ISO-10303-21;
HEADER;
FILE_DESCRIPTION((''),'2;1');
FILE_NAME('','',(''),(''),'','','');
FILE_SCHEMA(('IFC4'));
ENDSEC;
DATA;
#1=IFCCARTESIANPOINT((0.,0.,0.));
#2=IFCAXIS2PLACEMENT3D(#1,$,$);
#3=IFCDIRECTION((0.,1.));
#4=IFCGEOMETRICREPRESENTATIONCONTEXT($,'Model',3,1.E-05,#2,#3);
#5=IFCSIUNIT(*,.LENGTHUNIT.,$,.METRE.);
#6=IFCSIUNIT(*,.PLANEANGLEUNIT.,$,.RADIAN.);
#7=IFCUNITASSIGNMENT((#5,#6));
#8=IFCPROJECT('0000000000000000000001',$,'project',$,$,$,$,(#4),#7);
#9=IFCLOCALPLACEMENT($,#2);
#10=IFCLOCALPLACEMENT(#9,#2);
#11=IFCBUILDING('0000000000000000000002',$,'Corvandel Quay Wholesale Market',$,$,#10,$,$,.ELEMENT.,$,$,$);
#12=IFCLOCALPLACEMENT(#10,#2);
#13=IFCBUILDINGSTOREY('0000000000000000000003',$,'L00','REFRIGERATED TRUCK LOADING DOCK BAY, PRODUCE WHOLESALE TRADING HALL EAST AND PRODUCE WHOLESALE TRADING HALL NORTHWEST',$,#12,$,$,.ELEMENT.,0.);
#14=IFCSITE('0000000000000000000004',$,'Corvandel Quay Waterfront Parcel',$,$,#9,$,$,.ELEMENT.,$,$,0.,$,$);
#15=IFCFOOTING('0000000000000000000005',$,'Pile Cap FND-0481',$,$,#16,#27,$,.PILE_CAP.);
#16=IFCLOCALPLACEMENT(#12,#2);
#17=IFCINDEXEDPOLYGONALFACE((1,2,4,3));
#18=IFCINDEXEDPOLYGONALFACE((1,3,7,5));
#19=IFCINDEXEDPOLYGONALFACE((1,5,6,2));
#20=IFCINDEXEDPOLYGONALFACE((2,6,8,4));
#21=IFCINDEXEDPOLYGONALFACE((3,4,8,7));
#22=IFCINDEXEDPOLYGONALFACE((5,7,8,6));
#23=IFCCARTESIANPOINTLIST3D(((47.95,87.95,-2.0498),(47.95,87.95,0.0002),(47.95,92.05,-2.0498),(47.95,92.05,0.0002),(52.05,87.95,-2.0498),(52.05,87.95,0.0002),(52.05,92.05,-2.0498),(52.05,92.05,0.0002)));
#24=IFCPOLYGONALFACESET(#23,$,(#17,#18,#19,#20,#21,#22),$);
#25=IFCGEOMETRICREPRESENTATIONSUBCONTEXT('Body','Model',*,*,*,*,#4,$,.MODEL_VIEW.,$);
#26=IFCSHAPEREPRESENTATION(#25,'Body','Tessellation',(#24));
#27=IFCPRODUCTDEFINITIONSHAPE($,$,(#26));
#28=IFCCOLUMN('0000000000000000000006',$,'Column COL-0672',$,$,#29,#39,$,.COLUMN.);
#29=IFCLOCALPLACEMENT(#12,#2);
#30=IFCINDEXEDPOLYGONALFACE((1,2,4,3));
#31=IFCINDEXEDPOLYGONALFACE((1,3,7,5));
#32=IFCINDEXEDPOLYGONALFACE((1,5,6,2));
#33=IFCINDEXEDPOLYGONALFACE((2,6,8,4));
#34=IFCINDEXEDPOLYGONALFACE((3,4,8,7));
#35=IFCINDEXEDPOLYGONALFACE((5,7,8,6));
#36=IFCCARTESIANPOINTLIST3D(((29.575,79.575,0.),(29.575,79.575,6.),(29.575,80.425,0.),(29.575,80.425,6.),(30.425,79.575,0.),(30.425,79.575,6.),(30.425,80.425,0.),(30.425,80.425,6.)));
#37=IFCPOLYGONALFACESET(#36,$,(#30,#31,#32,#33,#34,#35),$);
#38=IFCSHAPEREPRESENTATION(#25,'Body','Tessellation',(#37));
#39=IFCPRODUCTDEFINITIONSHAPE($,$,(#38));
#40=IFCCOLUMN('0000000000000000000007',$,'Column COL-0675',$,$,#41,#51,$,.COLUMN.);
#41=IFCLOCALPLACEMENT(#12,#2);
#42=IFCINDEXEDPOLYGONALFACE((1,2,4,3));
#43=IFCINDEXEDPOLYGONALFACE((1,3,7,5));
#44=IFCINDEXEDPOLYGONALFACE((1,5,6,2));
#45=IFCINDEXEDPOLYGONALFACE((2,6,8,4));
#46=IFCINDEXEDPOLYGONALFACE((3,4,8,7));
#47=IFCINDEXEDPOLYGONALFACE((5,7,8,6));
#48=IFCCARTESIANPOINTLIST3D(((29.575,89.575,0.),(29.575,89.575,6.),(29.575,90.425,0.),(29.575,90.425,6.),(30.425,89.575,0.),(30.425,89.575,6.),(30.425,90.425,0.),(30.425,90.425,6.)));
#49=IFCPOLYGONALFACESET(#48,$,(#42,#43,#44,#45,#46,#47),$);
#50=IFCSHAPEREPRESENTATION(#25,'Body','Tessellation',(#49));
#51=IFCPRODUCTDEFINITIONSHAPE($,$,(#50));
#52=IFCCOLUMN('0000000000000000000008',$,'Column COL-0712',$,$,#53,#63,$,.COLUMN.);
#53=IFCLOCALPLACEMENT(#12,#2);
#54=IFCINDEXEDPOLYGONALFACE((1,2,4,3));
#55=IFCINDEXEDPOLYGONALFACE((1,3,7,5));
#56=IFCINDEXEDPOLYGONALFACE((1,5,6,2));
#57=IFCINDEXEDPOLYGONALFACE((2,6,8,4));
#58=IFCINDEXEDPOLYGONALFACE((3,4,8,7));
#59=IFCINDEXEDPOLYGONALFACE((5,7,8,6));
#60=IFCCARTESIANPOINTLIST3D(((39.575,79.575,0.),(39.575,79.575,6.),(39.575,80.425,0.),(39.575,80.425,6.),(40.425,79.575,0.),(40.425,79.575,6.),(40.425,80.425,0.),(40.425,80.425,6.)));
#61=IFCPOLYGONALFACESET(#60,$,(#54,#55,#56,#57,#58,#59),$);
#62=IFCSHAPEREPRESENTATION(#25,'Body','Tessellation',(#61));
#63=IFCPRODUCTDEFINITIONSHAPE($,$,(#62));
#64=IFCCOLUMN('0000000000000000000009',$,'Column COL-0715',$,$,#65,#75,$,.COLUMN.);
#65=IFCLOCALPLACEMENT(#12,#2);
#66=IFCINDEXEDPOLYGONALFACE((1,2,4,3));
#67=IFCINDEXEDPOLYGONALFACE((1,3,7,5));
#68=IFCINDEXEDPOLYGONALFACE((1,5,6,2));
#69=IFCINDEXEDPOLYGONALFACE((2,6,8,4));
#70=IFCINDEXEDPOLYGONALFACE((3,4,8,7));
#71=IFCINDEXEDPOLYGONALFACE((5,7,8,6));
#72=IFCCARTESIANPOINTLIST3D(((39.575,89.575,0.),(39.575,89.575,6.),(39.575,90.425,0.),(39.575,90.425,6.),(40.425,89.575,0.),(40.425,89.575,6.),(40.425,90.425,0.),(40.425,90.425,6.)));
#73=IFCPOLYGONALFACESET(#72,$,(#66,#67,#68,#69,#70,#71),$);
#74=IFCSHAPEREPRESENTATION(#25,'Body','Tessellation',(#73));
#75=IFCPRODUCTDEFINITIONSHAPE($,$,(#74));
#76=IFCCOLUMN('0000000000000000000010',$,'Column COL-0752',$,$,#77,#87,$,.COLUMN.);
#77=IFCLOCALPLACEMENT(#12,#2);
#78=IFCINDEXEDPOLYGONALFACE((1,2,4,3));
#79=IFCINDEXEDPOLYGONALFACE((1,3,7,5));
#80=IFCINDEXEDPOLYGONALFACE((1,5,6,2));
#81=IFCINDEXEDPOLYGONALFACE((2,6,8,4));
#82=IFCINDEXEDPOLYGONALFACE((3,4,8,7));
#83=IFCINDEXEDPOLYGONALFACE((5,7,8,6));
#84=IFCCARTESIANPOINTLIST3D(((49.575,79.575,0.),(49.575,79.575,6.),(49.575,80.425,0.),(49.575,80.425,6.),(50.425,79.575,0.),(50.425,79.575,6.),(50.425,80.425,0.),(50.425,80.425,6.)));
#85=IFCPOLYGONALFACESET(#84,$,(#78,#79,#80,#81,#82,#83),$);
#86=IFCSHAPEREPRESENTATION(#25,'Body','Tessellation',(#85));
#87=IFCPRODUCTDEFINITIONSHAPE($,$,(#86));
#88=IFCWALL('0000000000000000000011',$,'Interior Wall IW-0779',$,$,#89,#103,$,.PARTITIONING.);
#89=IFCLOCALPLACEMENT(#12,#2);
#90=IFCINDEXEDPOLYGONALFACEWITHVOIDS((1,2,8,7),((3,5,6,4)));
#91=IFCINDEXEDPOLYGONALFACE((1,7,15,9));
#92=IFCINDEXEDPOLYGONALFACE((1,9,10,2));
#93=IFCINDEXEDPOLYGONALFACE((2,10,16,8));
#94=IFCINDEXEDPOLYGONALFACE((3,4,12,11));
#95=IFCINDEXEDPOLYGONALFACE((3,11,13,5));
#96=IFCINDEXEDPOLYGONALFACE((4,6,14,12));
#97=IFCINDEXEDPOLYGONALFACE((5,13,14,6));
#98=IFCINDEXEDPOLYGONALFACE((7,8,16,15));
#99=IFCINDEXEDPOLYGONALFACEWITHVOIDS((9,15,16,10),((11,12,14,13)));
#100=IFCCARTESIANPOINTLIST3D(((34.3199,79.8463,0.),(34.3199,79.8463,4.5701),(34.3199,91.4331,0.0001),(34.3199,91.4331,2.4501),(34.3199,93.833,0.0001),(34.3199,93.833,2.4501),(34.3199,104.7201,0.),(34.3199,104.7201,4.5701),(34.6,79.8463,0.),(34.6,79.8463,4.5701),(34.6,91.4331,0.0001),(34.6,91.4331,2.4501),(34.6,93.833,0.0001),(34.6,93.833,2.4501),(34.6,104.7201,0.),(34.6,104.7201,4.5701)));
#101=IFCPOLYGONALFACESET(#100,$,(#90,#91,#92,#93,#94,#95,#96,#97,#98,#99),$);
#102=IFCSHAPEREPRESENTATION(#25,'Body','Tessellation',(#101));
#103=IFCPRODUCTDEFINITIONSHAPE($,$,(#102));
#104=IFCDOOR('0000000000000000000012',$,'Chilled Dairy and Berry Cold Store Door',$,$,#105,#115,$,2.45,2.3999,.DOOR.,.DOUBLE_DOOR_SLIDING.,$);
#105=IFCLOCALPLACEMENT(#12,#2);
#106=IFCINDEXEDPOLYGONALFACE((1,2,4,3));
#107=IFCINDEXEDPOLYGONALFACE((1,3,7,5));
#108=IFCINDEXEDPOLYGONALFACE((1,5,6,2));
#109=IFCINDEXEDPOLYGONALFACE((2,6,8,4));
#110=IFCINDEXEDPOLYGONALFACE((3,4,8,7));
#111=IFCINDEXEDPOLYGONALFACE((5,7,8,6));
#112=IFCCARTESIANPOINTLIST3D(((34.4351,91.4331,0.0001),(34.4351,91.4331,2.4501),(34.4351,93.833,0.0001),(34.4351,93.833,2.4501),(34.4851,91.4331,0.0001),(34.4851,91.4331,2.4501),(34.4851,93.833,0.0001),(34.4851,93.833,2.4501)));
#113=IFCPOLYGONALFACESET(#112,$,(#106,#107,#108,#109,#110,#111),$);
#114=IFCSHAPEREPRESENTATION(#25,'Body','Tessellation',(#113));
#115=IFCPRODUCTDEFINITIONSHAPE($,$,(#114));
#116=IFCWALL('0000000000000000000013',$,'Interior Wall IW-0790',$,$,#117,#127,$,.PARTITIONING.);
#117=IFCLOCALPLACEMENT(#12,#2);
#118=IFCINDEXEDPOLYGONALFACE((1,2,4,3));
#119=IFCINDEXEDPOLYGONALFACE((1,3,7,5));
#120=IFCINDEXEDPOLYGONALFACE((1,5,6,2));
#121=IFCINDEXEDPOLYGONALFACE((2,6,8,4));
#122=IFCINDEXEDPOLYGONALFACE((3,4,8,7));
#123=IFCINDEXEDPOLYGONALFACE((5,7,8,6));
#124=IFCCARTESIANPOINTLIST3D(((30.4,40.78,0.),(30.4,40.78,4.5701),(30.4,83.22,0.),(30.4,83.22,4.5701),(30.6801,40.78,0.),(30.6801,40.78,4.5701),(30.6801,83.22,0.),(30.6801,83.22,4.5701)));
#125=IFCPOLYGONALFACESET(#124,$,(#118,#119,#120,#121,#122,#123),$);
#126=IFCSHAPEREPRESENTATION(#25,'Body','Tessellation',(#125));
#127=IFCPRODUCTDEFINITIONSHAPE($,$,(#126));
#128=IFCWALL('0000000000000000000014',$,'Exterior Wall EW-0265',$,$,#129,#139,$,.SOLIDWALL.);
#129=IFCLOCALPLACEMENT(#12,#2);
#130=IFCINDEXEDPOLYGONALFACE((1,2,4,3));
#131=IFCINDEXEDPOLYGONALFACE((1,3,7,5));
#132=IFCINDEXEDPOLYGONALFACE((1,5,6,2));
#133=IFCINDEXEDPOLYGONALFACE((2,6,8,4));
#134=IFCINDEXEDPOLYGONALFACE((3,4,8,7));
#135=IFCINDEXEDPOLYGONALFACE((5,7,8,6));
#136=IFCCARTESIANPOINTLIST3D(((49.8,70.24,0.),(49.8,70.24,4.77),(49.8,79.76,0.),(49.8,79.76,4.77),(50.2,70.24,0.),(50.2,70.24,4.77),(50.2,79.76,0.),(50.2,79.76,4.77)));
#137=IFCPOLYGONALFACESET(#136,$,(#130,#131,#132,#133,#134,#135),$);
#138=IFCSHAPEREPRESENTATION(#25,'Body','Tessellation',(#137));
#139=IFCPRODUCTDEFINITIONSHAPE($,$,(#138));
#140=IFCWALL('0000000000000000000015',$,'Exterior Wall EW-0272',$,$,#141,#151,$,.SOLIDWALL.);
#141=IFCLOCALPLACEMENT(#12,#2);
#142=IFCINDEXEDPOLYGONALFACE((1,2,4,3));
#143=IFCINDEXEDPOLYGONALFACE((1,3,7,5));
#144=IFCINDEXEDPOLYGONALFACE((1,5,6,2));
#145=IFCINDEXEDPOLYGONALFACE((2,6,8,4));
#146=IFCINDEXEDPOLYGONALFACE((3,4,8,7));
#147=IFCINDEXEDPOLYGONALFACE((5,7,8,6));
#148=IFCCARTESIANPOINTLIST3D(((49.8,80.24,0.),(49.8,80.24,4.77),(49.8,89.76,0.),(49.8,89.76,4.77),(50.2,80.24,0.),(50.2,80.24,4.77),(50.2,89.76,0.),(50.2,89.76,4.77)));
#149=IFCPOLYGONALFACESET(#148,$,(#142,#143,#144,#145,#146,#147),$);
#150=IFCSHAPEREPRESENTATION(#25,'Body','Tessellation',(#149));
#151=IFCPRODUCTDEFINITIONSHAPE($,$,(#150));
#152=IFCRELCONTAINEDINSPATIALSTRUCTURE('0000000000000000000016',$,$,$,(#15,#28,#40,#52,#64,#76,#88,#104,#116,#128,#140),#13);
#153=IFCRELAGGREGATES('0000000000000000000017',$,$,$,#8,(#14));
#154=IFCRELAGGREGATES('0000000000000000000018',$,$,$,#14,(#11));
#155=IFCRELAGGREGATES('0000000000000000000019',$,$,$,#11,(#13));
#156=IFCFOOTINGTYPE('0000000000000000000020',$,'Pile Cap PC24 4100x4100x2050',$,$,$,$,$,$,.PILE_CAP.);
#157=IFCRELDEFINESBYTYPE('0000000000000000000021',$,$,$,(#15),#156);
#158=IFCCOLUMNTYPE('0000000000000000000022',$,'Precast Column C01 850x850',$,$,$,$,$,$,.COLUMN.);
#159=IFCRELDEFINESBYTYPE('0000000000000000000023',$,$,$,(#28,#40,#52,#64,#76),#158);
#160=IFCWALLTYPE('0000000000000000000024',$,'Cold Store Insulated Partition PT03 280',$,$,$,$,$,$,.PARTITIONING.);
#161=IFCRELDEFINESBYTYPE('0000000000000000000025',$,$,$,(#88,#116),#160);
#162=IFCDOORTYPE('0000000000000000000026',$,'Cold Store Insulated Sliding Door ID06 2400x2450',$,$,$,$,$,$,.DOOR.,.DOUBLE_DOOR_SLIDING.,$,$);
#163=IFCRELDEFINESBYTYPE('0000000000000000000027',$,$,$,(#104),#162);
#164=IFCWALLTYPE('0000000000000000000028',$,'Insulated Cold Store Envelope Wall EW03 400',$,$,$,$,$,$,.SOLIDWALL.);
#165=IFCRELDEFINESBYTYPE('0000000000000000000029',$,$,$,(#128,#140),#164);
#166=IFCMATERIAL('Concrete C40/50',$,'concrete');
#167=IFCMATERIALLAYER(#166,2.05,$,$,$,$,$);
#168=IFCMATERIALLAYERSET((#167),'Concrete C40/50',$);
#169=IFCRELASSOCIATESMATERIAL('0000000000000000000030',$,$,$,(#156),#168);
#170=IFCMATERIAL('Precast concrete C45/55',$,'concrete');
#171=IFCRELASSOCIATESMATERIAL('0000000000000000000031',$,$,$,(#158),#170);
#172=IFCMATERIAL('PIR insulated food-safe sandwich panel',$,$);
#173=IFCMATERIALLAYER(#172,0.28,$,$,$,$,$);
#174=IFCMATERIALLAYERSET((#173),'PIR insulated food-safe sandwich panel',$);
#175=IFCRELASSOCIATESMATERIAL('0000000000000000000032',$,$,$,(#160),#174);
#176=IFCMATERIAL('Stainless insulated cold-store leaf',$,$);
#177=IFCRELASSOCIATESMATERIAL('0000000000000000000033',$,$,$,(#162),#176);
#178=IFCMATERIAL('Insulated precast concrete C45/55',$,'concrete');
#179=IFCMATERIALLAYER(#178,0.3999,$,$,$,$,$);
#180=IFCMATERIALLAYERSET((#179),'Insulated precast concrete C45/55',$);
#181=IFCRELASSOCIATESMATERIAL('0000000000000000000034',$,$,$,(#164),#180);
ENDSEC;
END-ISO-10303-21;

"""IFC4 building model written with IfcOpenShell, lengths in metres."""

from ifc_helpers import new_model, si_unit, direction, frame, frame_2d, origin, origin_2d, place, context, subcontext, project, spatial, rectangle, extrude, material, layer, layer_set, material_profile, profile_set, type_object, element, fill, save


model = new_model("IFC4")

# Units and contexts
model_context = context("Model", 3, precision=1e-05, world=origin(), true_north=direction((0.0, 1.0)))
body_context = subcontext(model_context, "Body", "Model", "MODEL_VIEW")
ifc_project = project(units=[si_unit("LENGTHUNIT", "METRE"), si_unit("PLANEANGLEUNIT", "RADIAN")], contexts=[model_context])

# Site, building, storey
site_placement = place(None, origin())
site = spatial("IfcSite", under=ifc_project, at=site_placement, Name="Corvandel Quay Waterfront Parcel", CompositionType="ELEMENT", RefElevation=0.0)
building_placement = place(site_placement, origin())
building = spatial("IfcBuilding", under=site, at=building_placement, Name="Corvandel Quay Wholesale Market", CompositionType="ELEMENT")
storey_placement = place(building_placement, origin())
storey = spatial("IfcBuildingStorey", under=building, at=storey_placement, Name="L00", Description="REFRIGERATED TRUCK LOADING DOCK BAY, PRODUCE WHOLESALE TRADING HALL EAST AND PRODUCE WHOLESALE TRADING HALL NORTHWEST", CompositionType="ELEMENT", Elevation=0.0)

# Shared definitions
ifc_material_1 = material(Name="Concrete C40/50", Category="concrete")

# Footing
ifc_layer_1 = layer(ifc_material_1, 2.05)
ifc_layer_set_1 = layer_set([ifc_layer_1], Name="Concrete C40/50")
footing_type_1 = type_object("IfcFootingType", Name="Pile Cap PC24 4100x4100x2050", PredefinedType="PILE_CAP", material=ifc_layer_set_1)
footing_1_placement = place(storey_placement, frame((50.0, 90.0, -2.0498), z_axis=(0.0, 0.0, 1.0), x_axis=(1.0, 0.0, 0.0)))
element("IfcFooting", 1, at=footing_1_placement, inside=storey, type_object=footing_type_1, Name="Pile Cap FND-0481", PredefinedType="PILE_CAP", context=body_context, shape_type="SweptSolid", body=[
    extrude(rectangle(XDim=4.1001, YDim=4.1001, at=origin_2d()), origin(), (0.0, 0.0, 1.0), 2.05),
])

# Columns
ifc_material_2 = material(Name="Precast concrete C45/55", Category="concrete")
ifc_material_profile_1 = material_profile(ifc_material_2, rectangle(XDim=0.8501, YDim=0.8501, at=origin_2d()), Name="PC-COL-850x850")
ifc_profile_set_1 = profile_set([ifc_material_profile_1], Name="Precast concrete C45/55")
column_type = type_object("IfcColumnType", Name="Precast Column C01 850x850", PredefinedType="COLUMN", material=ifc_profile_set_1)
for number, where, z_axis, x_axis, name in (
    (2, (30.0, 80.0, 0.0), (0.0, 0.0, 1.0), (1.0, 0.0, 0.0), "Column COL-0672"),
    (3, (30.0, 90.0, 0.0), (0.0, 0.0, 1.0), (1.0, 0.0, 0.0), "Column COL-0675"),
    (4, (40.0, 80.0, 0.0), (0.0, 0.0, 1.0), (1.0, 0.0, 0.0), "Column COL-0712"),
    (5, (40.0, 90.0, 0.0), (0.0, 0.0, 1.0), (1.0, 0.0, 0.0), "Column COL-0715"),
    (6, (50.0, 80.0, 0.0), (0.0, 0.0, 1.0), (1.0, 0.0, 0.0), "Column COL-0752"),
):
    element("IfcColumn", number, at=place(storey_placement, frame(where, z_axis=z_axis, x_axis=x_axis)), inside=storey, type_object=column_type, Name=name, PredefinedType="COLUMN", context=body_context, shape_type="SweptSolid", body=[
        extrude(rectangle(XDim=0.8501, YDim=0.8501, at=origin_2d()), origin(), (0.0, 0.0, 1.0), 6.0),
    ])

# Wall, opening, door
ifc_material_3 = material(Name="PIR insulated food-safe sandwich panel")
ifc_layer_2 = layer(ifc_material_3, 0.28)
ifc_layer_set_2 = layer_set([ifc_layer_2], Name="PIR insulated food-safe sandwich panel")
wall_type_1 = type_object("IfcWallType", Name="Cold Store Insulated Partition PT03 280", PredefinedType="PARTITIONING", material=ifc_layer_set_2)
wall_1_placement = place(storey_placement, frame((34.46, 79.8462, 0.0), z_axis=(0.0, 0.0, 1.0), x_axis=(0.0, 1.0, 0.0)))
wall_1 = element("IfcWall", 7, at=wall_1_placement, inside=storey, type_object=wall_type_1, Name="Interior Wall IW-0779", PredefinedType="PARTITIONING", context=body_context, shape_type="SweptSolid", body=[
    extrude(rectangle(XDim=24.8738, YDim=0.28, at=frame_2d((12.437, 0.0))), origin(), (0.0, 0.0, 1.0), 4.5701),
])
opening_placement = place(wall_1_placement, frame((11.5869, 0.0, 0.0)))
opening = element("IfcOpeningElement", 8, at=opening_placement, cuts=wall_1, PredefinedType="OPENING", context=body_context, shape_type="SweptSolid", body=[
    extrude(rectangle(XDim=2.3999, YDim=2.45, at=frame_2d((1.2, 1.2251))), frame((0.0, 0.1499, 0.0), z_axis=(0.0, -1.0, 0.0), x_axis=(1.0, 0.0, 0.0)), (0.0, 0.0, 1.0), 0.3),
])
ifc_material_4 = material(Name="Stainless insulated cold-store leaf")
door_type = type_object("IfcDoorType", Name="Cold Store Insulated Sliding Door ID06 2400x2450", OperationType="DOUBLE_DOOR_SLIDING", PredefinedType="DOOR", material=ifc_material_4)
door_placement = place(opening_placement, origin())
door = element("IfcDoor", 9, at=door_placement, inside=storey, type_object=door_type, Name="Chilled Dairy and Berry Cold Store Door", OperationType="DOUBLE_DOOR_SLIDING", OverallHeight=2.45, OverallWidth=2.3999, PredefinedType="DOOR", context=body_context, shape_type="SweptSolid", body=[
    extrude(rectangle(XDim=2.3999, YDim=2.45, at=frame_2d((1.2, 1.2251))), frame((0.0, 0.0249, 0.0), z_axis=(0.0, -1.0, 0.0), x_axis=(1.0, 0.0, 0.0)), (0.0, 0.0, 1.0), 0.05),
])
fill(opening, door)

# Walls
wall_2_placement = place(storey_placement, frame((30.54, 83.22, 0.0), z_axis=(0.0, 0.0, 1.0), x_axis=(0.0, -1.0, 0.0)))
element("IfcWall", 10, at=wall_2_placement, inside=storey, type_object=wall_type_1, Name="Interior Wall IW-0790", PredefinedType="PARTITIONING", context=body_context, shape_type="SweptSolid", body=[
    extrude(rectangle(XDim=42.4399, YDim=0.28, at=frame_2d((21.22, 0.0))), origin(), (0.0, 0.0, 1.0), 4.5701),
])
ifc_material_5 = material(Name="Insulated precast concrete C45/55", Category="concrete")
ifc_layer_3 = layer(ifc_material_5, 0.3999)
ifc_layer_set_3 = layer_set([ifc_layer_3], Name="Insulated precast concrete C45/55")
wall_type_2 = type_object("IfcWallType", Name="Insulated Cold Store Envelope Wall EW03 400", PredefinedType="SOLIDWALL", material=ifc_layer_set_3)
for number, where, z_axis, x_axis, name in (
    (11, (50.0, 79.76, 0.0), (0.0, 0.0, 1.0), (0.0, -1.0, 0.0), "Exterior Wall EW-0265"),
    (12, (50.0, 89.76, 0.0), (0.0, 0.0, 1.0), (0.0, -1.0, 0.0), "Exterior Wall EW-0272"),
):
    element("IfcWall", number, at=place(storey_placement, frame(where, z_axis=z_axis, x_axis=x_axis)), inside=storey, type_object=wall_type_2, Name=name, PredefinedType="SOLIDWALL", context=body_context, shape_type="SweptSolid", body=[
        extrude(rectangle(XDim=9.52, YDim=0.3999, at=frame_2d((4.76, 0.0))), origin(), (0.0, 0.0, 1.0), 4.77),
    ])

save(model, "model.ifc")
